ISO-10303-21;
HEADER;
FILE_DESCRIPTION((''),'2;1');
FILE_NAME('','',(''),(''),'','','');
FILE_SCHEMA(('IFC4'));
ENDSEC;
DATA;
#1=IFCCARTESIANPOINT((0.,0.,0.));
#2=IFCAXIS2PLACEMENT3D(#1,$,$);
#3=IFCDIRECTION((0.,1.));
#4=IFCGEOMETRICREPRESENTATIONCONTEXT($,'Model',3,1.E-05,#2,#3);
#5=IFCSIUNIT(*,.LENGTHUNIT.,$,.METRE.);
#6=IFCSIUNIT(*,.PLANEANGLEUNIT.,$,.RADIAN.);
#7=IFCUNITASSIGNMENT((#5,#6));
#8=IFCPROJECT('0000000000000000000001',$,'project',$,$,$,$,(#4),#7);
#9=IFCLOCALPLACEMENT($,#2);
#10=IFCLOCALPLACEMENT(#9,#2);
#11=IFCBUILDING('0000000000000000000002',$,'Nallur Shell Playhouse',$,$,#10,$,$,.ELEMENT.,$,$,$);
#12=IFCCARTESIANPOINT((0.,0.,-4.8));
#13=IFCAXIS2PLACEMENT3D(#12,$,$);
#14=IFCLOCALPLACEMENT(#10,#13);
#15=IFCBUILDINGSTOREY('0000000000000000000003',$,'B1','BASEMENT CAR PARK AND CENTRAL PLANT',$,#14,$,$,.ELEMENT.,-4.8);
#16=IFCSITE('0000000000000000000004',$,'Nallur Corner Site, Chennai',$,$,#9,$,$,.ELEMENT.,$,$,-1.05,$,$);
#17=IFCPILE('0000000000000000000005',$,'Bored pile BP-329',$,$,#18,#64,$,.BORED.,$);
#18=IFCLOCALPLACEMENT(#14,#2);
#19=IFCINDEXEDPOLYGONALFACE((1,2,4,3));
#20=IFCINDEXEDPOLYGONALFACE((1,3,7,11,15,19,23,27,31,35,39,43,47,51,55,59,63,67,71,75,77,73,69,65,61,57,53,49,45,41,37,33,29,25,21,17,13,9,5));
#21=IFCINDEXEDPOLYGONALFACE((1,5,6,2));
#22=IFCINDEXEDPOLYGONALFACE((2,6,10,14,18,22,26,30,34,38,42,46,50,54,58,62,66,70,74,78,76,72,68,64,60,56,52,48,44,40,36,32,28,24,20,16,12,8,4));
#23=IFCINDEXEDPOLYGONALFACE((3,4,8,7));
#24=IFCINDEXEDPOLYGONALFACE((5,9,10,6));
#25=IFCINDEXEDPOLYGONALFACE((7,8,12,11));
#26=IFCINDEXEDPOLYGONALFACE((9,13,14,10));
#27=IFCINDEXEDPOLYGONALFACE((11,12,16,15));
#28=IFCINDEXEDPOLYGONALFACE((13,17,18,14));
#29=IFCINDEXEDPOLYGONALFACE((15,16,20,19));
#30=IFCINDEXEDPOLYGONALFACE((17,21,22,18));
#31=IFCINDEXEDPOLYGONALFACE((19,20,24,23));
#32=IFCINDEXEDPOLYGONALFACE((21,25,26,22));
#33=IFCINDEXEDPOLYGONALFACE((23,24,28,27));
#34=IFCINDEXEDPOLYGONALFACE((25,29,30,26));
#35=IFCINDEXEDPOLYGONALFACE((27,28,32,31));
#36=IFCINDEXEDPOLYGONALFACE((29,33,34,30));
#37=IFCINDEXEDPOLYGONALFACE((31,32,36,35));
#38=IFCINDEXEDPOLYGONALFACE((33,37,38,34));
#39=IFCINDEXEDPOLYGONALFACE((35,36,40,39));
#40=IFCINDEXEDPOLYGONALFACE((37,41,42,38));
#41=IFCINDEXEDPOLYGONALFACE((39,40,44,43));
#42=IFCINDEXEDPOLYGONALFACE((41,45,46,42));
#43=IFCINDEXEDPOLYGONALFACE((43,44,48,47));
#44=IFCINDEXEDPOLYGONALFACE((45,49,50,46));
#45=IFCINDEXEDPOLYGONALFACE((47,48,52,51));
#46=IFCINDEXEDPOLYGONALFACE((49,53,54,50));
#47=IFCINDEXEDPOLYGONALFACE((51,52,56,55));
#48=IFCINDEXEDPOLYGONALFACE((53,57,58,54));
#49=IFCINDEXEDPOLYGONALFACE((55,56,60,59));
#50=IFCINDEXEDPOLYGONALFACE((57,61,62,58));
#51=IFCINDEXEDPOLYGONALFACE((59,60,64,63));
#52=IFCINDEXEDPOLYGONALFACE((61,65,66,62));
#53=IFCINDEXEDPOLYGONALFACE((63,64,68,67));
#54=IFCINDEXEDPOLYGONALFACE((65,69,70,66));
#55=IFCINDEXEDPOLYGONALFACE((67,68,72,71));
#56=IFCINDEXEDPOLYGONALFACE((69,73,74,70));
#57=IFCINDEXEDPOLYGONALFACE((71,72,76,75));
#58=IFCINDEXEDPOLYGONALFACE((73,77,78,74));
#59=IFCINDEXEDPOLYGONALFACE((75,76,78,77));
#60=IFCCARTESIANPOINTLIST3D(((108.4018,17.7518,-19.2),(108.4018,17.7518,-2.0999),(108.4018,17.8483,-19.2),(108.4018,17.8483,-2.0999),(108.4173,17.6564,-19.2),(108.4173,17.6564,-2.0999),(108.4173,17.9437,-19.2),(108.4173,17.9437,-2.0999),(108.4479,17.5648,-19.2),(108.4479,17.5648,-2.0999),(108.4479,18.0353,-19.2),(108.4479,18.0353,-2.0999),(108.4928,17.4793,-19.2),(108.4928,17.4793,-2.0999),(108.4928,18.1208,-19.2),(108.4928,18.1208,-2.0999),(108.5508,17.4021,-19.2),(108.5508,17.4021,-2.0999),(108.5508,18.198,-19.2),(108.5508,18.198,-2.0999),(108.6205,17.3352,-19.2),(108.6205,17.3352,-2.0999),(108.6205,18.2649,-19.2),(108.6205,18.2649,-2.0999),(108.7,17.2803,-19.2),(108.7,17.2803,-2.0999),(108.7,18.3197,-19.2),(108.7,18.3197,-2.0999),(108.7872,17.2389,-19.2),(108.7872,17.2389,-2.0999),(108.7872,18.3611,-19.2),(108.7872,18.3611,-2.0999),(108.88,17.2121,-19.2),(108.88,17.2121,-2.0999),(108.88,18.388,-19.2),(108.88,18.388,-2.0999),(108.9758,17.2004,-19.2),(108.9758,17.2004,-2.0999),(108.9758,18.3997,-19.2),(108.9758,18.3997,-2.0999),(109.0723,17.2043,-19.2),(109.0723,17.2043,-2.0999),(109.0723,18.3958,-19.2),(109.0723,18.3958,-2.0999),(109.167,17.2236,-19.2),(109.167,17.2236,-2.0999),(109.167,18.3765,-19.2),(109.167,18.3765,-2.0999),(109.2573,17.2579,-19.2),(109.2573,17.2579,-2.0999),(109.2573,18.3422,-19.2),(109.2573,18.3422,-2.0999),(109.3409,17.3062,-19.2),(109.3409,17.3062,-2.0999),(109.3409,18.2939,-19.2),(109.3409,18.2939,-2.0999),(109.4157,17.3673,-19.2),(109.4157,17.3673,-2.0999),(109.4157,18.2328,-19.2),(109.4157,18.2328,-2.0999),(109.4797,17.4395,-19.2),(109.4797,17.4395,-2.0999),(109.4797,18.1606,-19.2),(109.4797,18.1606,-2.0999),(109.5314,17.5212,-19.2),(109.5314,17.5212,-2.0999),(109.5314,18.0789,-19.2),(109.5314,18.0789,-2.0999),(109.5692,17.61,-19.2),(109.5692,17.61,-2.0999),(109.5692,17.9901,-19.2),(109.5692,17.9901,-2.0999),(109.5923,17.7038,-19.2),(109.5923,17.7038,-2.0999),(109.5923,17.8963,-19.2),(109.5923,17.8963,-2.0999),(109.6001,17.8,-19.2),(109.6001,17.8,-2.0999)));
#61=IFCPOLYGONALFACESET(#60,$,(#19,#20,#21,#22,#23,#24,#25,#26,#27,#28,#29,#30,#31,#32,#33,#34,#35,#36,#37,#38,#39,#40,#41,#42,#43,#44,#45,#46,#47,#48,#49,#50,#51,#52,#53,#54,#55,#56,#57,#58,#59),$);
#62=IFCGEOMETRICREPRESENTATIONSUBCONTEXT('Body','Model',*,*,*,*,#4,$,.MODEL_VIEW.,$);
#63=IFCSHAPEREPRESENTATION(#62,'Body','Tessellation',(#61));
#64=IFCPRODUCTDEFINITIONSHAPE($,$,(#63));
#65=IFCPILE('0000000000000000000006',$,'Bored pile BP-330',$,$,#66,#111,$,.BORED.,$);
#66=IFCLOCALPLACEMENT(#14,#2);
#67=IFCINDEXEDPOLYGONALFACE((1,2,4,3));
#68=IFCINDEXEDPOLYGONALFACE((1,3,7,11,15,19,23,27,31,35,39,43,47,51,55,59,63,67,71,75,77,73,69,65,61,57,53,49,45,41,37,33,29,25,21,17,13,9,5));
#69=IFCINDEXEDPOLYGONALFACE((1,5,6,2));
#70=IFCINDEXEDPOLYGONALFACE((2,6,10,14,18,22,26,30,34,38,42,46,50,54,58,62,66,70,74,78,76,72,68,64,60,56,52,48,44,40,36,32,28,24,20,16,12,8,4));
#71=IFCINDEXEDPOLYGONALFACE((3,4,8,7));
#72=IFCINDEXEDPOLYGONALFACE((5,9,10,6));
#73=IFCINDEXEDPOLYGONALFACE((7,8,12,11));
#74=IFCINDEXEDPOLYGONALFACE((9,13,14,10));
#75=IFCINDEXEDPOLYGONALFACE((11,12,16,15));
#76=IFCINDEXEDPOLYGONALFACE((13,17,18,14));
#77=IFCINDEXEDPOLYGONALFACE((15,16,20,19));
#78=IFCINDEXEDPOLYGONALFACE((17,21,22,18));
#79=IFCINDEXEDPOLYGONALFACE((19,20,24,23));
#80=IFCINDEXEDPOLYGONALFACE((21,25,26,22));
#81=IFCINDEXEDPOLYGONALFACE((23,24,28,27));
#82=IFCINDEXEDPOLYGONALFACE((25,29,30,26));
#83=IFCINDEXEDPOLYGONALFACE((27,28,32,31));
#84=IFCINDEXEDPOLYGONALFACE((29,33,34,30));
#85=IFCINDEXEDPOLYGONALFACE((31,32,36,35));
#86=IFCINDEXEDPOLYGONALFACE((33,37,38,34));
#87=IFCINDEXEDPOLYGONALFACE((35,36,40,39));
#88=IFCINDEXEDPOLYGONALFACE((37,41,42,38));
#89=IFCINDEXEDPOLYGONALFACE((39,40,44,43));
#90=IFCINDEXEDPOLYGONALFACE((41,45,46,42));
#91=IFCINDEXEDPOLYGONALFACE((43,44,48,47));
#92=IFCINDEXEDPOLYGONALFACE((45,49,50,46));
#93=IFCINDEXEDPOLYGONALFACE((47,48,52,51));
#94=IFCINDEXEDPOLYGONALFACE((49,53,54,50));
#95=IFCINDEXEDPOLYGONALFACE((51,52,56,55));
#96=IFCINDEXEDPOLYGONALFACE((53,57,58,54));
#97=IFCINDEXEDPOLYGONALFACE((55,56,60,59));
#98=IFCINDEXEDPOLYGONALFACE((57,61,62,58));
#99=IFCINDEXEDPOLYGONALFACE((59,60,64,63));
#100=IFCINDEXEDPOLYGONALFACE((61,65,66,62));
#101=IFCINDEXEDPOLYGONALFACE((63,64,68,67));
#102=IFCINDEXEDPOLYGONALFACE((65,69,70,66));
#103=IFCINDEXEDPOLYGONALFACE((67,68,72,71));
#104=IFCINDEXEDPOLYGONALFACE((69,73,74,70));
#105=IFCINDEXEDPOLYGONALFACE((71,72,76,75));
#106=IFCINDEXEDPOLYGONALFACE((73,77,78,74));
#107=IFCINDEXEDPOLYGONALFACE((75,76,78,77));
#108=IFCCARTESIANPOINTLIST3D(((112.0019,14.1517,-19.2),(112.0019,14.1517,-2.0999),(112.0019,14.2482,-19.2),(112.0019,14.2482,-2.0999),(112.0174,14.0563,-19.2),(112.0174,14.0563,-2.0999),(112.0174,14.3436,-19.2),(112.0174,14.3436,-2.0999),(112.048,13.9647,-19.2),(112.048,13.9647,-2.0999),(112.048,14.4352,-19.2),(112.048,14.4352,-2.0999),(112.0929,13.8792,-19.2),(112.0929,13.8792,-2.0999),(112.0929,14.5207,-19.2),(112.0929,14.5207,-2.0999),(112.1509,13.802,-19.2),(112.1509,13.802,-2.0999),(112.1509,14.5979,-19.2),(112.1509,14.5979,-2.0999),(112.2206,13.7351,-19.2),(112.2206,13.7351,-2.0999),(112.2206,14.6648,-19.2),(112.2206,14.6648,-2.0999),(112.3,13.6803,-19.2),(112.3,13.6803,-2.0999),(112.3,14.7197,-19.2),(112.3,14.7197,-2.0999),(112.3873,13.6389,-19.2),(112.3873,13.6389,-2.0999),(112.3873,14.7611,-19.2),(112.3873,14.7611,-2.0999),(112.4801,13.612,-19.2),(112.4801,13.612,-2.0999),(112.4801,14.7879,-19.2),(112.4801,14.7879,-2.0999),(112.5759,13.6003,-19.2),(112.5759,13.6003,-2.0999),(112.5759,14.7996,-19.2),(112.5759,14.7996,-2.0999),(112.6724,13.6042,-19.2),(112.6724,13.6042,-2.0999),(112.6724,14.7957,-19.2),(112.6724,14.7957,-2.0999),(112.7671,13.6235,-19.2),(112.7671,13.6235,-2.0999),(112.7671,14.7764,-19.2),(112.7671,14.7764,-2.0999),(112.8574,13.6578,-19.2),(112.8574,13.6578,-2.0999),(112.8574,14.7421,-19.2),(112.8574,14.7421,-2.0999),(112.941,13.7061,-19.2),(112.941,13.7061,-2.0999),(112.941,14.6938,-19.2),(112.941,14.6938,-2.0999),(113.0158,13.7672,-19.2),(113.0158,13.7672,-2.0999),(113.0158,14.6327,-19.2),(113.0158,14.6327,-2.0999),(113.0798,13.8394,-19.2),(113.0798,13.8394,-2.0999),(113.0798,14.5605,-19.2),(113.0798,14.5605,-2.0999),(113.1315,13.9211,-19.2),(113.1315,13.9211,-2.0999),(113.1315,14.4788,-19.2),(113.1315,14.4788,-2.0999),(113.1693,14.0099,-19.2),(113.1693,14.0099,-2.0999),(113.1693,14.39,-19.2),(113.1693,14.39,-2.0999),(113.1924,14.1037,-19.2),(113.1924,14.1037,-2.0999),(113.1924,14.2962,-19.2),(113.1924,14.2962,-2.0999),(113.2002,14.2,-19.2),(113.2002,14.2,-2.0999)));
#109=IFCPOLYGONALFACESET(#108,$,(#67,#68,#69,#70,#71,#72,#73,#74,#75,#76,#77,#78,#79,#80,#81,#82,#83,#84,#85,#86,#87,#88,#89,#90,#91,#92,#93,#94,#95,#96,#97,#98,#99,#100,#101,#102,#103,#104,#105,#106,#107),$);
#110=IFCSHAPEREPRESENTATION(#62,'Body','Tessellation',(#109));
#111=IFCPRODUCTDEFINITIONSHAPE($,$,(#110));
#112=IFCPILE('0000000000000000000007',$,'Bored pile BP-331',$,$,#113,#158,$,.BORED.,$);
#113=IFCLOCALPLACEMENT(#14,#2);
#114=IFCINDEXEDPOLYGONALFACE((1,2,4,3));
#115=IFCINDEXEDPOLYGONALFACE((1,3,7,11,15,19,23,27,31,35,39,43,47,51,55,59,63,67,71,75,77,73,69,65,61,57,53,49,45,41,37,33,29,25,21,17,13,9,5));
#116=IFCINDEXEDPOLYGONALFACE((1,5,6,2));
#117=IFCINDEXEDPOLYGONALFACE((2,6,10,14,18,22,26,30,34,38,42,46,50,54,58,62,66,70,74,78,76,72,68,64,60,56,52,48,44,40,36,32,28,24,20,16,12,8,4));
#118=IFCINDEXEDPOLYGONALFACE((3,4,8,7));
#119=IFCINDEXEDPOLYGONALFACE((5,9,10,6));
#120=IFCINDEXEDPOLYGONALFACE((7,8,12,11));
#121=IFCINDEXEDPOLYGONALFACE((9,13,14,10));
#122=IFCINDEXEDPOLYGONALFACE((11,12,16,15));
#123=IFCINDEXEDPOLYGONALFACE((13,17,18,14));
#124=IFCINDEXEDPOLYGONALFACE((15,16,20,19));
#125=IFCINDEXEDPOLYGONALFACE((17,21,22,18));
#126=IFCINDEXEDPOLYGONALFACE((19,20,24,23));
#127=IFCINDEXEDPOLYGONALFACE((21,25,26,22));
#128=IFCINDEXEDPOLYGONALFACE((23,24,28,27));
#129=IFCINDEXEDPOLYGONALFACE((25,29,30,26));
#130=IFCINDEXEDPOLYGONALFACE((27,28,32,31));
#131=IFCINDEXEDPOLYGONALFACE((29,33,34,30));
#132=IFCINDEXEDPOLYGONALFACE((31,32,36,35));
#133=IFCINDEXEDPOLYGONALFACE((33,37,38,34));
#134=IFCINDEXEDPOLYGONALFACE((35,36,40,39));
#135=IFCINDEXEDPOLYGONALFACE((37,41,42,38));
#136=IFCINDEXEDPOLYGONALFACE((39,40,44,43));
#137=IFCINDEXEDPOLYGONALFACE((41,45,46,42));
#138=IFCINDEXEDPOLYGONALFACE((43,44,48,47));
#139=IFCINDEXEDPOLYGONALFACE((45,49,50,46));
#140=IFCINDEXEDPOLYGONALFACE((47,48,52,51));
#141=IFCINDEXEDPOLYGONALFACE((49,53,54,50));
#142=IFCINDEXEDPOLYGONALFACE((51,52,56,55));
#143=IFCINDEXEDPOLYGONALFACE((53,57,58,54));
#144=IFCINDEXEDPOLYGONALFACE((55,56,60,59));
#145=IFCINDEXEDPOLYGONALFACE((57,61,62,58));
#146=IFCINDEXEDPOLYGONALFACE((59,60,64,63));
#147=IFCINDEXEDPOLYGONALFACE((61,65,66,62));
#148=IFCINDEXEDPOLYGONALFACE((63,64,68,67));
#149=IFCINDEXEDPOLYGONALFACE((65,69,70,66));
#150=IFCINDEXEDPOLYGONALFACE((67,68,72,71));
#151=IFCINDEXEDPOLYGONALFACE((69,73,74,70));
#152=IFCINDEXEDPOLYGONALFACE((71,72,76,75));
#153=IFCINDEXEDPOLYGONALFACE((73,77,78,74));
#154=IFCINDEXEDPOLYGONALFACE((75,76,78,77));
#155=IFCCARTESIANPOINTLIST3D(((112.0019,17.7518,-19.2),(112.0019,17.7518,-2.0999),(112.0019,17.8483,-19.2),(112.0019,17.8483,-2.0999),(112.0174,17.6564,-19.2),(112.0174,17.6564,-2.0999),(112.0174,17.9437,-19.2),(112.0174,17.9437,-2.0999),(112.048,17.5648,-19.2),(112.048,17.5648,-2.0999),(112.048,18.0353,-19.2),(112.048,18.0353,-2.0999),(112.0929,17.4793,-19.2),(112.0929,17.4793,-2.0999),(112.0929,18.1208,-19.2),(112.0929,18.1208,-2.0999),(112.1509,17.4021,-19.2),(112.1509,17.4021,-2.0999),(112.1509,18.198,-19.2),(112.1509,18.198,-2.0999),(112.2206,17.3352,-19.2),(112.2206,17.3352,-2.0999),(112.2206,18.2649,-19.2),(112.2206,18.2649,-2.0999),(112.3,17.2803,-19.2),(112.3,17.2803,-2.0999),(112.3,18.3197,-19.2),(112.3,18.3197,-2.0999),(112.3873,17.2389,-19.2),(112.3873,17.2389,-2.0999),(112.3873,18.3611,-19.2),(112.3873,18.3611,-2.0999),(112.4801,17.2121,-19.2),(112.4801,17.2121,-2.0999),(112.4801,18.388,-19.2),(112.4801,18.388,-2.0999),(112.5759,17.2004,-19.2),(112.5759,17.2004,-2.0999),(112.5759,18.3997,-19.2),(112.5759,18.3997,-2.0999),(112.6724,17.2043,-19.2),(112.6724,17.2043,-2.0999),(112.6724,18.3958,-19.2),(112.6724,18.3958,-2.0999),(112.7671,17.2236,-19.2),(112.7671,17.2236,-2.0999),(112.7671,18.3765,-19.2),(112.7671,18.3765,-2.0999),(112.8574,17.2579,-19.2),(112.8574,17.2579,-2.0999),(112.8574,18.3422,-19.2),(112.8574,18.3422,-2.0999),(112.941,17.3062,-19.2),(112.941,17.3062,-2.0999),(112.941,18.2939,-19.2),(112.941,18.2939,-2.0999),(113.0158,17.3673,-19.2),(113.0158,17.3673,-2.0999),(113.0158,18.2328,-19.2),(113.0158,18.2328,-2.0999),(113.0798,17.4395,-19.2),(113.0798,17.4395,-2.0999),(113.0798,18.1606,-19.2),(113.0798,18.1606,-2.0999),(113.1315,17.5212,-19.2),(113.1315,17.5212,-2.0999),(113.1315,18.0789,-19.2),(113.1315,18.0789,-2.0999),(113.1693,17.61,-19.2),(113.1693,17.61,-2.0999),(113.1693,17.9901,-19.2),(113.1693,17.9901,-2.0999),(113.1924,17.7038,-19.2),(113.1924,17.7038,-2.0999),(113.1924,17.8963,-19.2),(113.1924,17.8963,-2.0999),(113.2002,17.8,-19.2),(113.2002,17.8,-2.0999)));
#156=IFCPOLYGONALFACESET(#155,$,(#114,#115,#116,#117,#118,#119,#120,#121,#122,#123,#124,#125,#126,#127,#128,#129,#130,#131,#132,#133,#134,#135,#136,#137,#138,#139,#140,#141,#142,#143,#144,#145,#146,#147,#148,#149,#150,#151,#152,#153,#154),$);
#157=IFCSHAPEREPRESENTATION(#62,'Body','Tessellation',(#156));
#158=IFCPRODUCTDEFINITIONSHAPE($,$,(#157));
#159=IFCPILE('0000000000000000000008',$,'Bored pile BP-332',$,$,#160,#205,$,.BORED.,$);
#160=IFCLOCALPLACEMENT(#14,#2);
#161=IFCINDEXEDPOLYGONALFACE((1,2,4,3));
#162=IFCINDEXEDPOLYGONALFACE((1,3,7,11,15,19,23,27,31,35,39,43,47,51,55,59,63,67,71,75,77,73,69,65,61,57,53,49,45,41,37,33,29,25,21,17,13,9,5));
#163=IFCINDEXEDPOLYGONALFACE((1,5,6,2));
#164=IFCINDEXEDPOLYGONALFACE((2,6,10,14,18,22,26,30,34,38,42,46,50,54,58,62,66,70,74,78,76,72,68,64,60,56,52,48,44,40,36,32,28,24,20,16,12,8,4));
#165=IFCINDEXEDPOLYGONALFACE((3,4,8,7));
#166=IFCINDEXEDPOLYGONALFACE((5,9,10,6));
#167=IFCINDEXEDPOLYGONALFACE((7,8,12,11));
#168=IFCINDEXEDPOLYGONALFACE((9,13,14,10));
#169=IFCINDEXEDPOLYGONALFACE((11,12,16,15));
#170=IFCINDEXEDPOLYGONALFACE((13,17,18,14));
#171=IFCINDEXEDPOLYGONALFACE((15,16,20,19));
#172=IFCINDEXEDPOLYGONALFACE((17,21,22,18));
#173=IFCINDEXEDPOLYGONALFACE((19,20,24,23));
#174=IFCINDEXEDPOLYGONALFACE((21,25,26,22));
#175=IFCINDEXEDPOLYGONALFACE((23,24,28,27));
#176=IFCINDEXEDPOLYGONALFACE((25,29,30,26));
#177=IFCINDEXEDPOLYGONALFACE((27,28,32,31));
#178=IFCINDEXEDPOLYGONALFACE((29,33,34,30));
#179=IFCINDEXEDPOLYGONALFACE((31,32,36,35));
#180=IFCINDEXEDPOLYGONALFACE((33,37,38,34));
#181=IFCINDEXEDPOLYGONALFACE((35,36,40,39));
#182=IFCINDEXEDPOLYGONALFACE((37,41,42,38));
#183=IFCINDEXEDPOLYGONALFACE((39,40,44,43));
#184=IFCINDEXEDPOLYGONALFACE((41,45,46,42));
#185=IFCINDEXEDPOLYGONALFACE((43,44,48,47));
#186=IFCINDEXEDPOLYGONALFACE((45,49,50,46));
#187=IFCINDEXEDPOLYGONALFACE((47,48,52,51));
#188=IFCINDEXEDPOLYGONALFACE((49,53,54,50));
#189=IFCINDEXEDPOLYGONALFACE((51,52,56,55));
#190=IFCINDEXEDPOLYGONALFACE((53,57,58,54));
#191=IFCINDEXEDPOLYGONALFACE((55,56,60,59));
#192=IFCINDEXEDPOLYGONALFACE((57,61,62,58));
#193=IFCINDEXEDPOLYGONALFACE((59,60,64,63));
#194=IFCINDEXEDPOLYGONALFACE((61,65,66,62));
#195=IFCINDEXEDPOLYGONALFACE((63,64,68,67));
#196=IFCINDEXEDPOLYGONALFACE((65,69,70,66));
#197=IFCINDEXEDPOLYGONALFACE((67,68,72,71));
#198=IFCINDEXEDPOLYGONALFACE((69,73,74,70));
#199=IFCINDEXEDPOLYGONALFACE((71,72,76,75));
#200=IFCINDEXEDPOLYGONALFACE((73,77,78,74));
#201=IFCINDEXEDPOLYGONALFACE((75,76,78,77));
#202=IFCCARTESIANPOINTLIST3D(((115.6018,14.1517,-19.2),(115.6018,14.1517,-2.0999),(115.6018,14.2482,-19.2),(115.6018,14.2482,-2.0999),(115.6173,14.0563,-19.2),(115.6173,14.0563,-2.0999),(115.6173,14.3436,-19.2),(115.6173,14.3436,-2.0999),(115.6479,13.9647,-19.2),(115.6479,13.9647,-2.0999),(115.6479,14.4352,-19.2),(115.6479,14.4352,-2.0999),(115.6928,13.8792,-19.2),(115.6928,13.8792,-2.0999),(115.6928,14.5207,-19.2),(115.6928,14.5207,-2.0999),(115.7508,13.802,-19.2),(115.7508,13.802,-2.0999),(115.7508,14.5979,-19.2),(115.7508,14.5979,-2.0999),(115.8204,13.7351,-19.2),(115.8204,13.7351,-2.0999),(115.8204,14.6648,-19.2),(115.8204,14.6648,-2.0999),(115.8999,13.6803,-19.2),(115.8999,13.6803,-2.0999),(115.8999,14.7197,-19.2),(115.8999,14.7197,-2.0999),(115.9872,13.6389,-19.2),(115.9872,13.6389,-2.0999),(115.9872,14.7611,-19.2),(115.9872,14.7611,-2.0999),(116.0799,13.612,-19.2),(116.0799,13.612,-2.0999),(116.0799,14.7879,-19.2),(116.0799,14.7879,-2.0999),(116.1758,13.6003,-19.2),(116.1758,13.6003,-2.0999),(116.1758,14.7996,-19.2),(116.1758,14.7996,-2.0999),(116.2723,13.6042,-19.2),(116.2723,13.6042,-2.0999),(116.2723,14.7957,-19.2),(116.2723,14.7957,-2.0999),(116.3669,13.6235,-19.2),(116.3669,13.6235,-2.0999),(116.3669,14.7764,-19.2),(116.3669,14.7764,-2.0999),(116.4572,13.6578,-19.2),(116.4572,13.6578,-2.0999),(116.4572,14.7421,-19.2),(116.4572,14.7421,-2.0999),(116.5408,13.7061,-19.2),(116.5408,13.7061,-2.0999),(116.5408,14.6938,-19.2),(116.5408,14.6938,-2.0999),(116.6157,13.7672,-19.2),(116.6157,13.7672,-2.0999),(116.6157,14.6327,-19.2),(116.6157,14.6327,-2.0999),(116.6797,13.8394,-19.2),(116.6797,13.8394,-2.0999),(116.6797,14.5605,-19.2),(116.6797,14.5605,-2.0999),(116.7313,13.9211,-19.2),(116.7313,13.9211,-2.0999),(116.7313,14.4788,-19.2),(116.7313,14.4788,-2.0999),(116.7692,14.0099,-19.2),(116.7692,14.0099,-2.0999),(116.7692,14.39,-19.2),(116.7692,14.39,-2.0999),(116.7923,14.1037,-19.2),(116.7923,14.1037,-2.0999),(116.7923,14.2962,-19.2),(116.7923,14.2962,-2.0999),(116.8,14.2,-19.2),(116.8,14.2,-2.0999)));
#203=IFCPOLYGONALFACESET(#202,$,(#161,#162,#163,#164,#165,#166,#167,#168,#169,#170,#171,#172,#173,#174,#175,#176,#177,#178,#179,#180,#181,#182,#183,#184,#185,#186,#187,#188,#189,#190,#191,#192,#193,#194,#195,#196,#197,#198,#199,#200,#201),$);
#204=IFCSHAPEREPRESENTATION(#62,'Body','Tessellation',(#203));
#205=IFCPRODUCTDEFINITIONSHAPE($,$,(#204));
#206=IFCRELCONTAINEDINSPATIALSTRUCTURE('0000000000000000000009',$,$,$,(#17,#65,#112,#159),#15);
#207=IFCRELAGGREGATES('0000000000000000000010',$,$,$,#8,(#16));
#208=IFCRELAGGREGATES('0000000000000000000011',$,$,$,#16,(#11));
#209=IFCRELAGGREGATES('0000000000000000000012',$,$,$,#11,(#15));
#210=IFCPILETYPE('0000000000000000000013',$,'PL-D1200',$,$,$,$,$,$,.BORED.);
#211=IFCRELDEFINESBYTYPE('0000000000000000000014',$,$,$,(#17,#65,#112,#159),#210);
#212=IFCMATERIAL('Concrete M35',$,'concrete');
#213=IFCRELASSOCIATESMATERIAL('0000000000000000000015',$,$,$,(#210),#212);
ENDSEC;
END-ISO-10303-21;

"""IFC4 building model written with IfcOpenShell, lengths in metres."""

from ifc_helpers import new_model, si_unit, direction, frame, origin, origin_2d, place, context, subcontext, project, spatial, circle, extrude, material, material_profile, profile_set, type_object, element, save


model = new_model("IFC4")

# Units and contexts
model_context = context("Model", 3, precision=1e-05, world=origin(), true_north=direction((0.0, 1.0)))
body_context = subcontext(model_context, "Body", "Model", "MODEL_VIEW")
ifc_project = project(units=[si_unit("LENGTHUNIT", "METRE"), si_unit("PLANEANGLEUNIT", "RADIAN")], contexts=[model_context])

# Site, building, storey
site_placement = place(None, origin())
site = spatial("IfcSite", under=ifc_project, at=site_placement, Name="Nallur Corner Site, Chennai", CompositionType="ELEMENT", RefElevation=-1.05)
building_placement = place(site_placement, origin())
building = spatial("IfcBuilding", under=site, at=building_placement, Name="Nallur Shell Playhouse", CompositionType="ELEMENT")
storey_placement = place(building_placement, frame((0.0, 0.0, -4.8)))
storey = spatial("IfcBuildingStorey", under=building, at=storey_placement, Name="B1", Description="BASEMENT CAR PARK AND CENTRAL PLANT", CompositionType="ELEMENT", Elevation=-4.8)

# Shared definitions
ifc_material_1 = material(Name="Concrete M35", Category="concrete")

# Piles
ifc_material_profile_1 = material_profile(ifc_material_1, circle(Radius=0.6001, at=origin_2d()), Name="BORED PILE D1200")
ifc_profile_set_1 = profile_set([ifc_material_profile_1], Name="Concrete M35")
pile_type_1 = type_object("IfcPileType", Name="PL-D1200", PredefinedType="BORED", material=ifc_profile_set_1)
for number, where, z_axis, x_axis, name in (
    (1, (109.0, 17.8, -2.0999), (0.0, 0.0, -1.0), (1.0, 0.0, 0.0), "Bored pile BP-329"),
    (2, (112.6001, 14.2, -2.0999), (0.0, 0.0, -1.0), (1.0, 0.0, 0.0), "Bored pile BP-330"),
    (3, (112.6001, 17.8, -2.0999), (0.0, 0.0, -1.0), (1.0, 0.0, 0.0), "Bored pile BP-331"),
    (4, (116.2, 14.2, -2.0999), (0.0, 0.0, -1.0), (1.0, 0.0, 0.0), "Bored pile BP-332"),
):
    element("IfcPile", number, at=place(storey_placement, frame(where, z_axis=z_axis, x_axis=x_axis)), inside=storey, type_object=pile_type_1, Name=name, PredefinedType="BORED", context=body_context, shape_type="SweptSolid", body=[
        extrude(circle(Radius=0.6001, at=origin_2d()), origin(), (0.0, 0.0, 1.0), 17.1001),
    ])

save(model, "model.ifc")
